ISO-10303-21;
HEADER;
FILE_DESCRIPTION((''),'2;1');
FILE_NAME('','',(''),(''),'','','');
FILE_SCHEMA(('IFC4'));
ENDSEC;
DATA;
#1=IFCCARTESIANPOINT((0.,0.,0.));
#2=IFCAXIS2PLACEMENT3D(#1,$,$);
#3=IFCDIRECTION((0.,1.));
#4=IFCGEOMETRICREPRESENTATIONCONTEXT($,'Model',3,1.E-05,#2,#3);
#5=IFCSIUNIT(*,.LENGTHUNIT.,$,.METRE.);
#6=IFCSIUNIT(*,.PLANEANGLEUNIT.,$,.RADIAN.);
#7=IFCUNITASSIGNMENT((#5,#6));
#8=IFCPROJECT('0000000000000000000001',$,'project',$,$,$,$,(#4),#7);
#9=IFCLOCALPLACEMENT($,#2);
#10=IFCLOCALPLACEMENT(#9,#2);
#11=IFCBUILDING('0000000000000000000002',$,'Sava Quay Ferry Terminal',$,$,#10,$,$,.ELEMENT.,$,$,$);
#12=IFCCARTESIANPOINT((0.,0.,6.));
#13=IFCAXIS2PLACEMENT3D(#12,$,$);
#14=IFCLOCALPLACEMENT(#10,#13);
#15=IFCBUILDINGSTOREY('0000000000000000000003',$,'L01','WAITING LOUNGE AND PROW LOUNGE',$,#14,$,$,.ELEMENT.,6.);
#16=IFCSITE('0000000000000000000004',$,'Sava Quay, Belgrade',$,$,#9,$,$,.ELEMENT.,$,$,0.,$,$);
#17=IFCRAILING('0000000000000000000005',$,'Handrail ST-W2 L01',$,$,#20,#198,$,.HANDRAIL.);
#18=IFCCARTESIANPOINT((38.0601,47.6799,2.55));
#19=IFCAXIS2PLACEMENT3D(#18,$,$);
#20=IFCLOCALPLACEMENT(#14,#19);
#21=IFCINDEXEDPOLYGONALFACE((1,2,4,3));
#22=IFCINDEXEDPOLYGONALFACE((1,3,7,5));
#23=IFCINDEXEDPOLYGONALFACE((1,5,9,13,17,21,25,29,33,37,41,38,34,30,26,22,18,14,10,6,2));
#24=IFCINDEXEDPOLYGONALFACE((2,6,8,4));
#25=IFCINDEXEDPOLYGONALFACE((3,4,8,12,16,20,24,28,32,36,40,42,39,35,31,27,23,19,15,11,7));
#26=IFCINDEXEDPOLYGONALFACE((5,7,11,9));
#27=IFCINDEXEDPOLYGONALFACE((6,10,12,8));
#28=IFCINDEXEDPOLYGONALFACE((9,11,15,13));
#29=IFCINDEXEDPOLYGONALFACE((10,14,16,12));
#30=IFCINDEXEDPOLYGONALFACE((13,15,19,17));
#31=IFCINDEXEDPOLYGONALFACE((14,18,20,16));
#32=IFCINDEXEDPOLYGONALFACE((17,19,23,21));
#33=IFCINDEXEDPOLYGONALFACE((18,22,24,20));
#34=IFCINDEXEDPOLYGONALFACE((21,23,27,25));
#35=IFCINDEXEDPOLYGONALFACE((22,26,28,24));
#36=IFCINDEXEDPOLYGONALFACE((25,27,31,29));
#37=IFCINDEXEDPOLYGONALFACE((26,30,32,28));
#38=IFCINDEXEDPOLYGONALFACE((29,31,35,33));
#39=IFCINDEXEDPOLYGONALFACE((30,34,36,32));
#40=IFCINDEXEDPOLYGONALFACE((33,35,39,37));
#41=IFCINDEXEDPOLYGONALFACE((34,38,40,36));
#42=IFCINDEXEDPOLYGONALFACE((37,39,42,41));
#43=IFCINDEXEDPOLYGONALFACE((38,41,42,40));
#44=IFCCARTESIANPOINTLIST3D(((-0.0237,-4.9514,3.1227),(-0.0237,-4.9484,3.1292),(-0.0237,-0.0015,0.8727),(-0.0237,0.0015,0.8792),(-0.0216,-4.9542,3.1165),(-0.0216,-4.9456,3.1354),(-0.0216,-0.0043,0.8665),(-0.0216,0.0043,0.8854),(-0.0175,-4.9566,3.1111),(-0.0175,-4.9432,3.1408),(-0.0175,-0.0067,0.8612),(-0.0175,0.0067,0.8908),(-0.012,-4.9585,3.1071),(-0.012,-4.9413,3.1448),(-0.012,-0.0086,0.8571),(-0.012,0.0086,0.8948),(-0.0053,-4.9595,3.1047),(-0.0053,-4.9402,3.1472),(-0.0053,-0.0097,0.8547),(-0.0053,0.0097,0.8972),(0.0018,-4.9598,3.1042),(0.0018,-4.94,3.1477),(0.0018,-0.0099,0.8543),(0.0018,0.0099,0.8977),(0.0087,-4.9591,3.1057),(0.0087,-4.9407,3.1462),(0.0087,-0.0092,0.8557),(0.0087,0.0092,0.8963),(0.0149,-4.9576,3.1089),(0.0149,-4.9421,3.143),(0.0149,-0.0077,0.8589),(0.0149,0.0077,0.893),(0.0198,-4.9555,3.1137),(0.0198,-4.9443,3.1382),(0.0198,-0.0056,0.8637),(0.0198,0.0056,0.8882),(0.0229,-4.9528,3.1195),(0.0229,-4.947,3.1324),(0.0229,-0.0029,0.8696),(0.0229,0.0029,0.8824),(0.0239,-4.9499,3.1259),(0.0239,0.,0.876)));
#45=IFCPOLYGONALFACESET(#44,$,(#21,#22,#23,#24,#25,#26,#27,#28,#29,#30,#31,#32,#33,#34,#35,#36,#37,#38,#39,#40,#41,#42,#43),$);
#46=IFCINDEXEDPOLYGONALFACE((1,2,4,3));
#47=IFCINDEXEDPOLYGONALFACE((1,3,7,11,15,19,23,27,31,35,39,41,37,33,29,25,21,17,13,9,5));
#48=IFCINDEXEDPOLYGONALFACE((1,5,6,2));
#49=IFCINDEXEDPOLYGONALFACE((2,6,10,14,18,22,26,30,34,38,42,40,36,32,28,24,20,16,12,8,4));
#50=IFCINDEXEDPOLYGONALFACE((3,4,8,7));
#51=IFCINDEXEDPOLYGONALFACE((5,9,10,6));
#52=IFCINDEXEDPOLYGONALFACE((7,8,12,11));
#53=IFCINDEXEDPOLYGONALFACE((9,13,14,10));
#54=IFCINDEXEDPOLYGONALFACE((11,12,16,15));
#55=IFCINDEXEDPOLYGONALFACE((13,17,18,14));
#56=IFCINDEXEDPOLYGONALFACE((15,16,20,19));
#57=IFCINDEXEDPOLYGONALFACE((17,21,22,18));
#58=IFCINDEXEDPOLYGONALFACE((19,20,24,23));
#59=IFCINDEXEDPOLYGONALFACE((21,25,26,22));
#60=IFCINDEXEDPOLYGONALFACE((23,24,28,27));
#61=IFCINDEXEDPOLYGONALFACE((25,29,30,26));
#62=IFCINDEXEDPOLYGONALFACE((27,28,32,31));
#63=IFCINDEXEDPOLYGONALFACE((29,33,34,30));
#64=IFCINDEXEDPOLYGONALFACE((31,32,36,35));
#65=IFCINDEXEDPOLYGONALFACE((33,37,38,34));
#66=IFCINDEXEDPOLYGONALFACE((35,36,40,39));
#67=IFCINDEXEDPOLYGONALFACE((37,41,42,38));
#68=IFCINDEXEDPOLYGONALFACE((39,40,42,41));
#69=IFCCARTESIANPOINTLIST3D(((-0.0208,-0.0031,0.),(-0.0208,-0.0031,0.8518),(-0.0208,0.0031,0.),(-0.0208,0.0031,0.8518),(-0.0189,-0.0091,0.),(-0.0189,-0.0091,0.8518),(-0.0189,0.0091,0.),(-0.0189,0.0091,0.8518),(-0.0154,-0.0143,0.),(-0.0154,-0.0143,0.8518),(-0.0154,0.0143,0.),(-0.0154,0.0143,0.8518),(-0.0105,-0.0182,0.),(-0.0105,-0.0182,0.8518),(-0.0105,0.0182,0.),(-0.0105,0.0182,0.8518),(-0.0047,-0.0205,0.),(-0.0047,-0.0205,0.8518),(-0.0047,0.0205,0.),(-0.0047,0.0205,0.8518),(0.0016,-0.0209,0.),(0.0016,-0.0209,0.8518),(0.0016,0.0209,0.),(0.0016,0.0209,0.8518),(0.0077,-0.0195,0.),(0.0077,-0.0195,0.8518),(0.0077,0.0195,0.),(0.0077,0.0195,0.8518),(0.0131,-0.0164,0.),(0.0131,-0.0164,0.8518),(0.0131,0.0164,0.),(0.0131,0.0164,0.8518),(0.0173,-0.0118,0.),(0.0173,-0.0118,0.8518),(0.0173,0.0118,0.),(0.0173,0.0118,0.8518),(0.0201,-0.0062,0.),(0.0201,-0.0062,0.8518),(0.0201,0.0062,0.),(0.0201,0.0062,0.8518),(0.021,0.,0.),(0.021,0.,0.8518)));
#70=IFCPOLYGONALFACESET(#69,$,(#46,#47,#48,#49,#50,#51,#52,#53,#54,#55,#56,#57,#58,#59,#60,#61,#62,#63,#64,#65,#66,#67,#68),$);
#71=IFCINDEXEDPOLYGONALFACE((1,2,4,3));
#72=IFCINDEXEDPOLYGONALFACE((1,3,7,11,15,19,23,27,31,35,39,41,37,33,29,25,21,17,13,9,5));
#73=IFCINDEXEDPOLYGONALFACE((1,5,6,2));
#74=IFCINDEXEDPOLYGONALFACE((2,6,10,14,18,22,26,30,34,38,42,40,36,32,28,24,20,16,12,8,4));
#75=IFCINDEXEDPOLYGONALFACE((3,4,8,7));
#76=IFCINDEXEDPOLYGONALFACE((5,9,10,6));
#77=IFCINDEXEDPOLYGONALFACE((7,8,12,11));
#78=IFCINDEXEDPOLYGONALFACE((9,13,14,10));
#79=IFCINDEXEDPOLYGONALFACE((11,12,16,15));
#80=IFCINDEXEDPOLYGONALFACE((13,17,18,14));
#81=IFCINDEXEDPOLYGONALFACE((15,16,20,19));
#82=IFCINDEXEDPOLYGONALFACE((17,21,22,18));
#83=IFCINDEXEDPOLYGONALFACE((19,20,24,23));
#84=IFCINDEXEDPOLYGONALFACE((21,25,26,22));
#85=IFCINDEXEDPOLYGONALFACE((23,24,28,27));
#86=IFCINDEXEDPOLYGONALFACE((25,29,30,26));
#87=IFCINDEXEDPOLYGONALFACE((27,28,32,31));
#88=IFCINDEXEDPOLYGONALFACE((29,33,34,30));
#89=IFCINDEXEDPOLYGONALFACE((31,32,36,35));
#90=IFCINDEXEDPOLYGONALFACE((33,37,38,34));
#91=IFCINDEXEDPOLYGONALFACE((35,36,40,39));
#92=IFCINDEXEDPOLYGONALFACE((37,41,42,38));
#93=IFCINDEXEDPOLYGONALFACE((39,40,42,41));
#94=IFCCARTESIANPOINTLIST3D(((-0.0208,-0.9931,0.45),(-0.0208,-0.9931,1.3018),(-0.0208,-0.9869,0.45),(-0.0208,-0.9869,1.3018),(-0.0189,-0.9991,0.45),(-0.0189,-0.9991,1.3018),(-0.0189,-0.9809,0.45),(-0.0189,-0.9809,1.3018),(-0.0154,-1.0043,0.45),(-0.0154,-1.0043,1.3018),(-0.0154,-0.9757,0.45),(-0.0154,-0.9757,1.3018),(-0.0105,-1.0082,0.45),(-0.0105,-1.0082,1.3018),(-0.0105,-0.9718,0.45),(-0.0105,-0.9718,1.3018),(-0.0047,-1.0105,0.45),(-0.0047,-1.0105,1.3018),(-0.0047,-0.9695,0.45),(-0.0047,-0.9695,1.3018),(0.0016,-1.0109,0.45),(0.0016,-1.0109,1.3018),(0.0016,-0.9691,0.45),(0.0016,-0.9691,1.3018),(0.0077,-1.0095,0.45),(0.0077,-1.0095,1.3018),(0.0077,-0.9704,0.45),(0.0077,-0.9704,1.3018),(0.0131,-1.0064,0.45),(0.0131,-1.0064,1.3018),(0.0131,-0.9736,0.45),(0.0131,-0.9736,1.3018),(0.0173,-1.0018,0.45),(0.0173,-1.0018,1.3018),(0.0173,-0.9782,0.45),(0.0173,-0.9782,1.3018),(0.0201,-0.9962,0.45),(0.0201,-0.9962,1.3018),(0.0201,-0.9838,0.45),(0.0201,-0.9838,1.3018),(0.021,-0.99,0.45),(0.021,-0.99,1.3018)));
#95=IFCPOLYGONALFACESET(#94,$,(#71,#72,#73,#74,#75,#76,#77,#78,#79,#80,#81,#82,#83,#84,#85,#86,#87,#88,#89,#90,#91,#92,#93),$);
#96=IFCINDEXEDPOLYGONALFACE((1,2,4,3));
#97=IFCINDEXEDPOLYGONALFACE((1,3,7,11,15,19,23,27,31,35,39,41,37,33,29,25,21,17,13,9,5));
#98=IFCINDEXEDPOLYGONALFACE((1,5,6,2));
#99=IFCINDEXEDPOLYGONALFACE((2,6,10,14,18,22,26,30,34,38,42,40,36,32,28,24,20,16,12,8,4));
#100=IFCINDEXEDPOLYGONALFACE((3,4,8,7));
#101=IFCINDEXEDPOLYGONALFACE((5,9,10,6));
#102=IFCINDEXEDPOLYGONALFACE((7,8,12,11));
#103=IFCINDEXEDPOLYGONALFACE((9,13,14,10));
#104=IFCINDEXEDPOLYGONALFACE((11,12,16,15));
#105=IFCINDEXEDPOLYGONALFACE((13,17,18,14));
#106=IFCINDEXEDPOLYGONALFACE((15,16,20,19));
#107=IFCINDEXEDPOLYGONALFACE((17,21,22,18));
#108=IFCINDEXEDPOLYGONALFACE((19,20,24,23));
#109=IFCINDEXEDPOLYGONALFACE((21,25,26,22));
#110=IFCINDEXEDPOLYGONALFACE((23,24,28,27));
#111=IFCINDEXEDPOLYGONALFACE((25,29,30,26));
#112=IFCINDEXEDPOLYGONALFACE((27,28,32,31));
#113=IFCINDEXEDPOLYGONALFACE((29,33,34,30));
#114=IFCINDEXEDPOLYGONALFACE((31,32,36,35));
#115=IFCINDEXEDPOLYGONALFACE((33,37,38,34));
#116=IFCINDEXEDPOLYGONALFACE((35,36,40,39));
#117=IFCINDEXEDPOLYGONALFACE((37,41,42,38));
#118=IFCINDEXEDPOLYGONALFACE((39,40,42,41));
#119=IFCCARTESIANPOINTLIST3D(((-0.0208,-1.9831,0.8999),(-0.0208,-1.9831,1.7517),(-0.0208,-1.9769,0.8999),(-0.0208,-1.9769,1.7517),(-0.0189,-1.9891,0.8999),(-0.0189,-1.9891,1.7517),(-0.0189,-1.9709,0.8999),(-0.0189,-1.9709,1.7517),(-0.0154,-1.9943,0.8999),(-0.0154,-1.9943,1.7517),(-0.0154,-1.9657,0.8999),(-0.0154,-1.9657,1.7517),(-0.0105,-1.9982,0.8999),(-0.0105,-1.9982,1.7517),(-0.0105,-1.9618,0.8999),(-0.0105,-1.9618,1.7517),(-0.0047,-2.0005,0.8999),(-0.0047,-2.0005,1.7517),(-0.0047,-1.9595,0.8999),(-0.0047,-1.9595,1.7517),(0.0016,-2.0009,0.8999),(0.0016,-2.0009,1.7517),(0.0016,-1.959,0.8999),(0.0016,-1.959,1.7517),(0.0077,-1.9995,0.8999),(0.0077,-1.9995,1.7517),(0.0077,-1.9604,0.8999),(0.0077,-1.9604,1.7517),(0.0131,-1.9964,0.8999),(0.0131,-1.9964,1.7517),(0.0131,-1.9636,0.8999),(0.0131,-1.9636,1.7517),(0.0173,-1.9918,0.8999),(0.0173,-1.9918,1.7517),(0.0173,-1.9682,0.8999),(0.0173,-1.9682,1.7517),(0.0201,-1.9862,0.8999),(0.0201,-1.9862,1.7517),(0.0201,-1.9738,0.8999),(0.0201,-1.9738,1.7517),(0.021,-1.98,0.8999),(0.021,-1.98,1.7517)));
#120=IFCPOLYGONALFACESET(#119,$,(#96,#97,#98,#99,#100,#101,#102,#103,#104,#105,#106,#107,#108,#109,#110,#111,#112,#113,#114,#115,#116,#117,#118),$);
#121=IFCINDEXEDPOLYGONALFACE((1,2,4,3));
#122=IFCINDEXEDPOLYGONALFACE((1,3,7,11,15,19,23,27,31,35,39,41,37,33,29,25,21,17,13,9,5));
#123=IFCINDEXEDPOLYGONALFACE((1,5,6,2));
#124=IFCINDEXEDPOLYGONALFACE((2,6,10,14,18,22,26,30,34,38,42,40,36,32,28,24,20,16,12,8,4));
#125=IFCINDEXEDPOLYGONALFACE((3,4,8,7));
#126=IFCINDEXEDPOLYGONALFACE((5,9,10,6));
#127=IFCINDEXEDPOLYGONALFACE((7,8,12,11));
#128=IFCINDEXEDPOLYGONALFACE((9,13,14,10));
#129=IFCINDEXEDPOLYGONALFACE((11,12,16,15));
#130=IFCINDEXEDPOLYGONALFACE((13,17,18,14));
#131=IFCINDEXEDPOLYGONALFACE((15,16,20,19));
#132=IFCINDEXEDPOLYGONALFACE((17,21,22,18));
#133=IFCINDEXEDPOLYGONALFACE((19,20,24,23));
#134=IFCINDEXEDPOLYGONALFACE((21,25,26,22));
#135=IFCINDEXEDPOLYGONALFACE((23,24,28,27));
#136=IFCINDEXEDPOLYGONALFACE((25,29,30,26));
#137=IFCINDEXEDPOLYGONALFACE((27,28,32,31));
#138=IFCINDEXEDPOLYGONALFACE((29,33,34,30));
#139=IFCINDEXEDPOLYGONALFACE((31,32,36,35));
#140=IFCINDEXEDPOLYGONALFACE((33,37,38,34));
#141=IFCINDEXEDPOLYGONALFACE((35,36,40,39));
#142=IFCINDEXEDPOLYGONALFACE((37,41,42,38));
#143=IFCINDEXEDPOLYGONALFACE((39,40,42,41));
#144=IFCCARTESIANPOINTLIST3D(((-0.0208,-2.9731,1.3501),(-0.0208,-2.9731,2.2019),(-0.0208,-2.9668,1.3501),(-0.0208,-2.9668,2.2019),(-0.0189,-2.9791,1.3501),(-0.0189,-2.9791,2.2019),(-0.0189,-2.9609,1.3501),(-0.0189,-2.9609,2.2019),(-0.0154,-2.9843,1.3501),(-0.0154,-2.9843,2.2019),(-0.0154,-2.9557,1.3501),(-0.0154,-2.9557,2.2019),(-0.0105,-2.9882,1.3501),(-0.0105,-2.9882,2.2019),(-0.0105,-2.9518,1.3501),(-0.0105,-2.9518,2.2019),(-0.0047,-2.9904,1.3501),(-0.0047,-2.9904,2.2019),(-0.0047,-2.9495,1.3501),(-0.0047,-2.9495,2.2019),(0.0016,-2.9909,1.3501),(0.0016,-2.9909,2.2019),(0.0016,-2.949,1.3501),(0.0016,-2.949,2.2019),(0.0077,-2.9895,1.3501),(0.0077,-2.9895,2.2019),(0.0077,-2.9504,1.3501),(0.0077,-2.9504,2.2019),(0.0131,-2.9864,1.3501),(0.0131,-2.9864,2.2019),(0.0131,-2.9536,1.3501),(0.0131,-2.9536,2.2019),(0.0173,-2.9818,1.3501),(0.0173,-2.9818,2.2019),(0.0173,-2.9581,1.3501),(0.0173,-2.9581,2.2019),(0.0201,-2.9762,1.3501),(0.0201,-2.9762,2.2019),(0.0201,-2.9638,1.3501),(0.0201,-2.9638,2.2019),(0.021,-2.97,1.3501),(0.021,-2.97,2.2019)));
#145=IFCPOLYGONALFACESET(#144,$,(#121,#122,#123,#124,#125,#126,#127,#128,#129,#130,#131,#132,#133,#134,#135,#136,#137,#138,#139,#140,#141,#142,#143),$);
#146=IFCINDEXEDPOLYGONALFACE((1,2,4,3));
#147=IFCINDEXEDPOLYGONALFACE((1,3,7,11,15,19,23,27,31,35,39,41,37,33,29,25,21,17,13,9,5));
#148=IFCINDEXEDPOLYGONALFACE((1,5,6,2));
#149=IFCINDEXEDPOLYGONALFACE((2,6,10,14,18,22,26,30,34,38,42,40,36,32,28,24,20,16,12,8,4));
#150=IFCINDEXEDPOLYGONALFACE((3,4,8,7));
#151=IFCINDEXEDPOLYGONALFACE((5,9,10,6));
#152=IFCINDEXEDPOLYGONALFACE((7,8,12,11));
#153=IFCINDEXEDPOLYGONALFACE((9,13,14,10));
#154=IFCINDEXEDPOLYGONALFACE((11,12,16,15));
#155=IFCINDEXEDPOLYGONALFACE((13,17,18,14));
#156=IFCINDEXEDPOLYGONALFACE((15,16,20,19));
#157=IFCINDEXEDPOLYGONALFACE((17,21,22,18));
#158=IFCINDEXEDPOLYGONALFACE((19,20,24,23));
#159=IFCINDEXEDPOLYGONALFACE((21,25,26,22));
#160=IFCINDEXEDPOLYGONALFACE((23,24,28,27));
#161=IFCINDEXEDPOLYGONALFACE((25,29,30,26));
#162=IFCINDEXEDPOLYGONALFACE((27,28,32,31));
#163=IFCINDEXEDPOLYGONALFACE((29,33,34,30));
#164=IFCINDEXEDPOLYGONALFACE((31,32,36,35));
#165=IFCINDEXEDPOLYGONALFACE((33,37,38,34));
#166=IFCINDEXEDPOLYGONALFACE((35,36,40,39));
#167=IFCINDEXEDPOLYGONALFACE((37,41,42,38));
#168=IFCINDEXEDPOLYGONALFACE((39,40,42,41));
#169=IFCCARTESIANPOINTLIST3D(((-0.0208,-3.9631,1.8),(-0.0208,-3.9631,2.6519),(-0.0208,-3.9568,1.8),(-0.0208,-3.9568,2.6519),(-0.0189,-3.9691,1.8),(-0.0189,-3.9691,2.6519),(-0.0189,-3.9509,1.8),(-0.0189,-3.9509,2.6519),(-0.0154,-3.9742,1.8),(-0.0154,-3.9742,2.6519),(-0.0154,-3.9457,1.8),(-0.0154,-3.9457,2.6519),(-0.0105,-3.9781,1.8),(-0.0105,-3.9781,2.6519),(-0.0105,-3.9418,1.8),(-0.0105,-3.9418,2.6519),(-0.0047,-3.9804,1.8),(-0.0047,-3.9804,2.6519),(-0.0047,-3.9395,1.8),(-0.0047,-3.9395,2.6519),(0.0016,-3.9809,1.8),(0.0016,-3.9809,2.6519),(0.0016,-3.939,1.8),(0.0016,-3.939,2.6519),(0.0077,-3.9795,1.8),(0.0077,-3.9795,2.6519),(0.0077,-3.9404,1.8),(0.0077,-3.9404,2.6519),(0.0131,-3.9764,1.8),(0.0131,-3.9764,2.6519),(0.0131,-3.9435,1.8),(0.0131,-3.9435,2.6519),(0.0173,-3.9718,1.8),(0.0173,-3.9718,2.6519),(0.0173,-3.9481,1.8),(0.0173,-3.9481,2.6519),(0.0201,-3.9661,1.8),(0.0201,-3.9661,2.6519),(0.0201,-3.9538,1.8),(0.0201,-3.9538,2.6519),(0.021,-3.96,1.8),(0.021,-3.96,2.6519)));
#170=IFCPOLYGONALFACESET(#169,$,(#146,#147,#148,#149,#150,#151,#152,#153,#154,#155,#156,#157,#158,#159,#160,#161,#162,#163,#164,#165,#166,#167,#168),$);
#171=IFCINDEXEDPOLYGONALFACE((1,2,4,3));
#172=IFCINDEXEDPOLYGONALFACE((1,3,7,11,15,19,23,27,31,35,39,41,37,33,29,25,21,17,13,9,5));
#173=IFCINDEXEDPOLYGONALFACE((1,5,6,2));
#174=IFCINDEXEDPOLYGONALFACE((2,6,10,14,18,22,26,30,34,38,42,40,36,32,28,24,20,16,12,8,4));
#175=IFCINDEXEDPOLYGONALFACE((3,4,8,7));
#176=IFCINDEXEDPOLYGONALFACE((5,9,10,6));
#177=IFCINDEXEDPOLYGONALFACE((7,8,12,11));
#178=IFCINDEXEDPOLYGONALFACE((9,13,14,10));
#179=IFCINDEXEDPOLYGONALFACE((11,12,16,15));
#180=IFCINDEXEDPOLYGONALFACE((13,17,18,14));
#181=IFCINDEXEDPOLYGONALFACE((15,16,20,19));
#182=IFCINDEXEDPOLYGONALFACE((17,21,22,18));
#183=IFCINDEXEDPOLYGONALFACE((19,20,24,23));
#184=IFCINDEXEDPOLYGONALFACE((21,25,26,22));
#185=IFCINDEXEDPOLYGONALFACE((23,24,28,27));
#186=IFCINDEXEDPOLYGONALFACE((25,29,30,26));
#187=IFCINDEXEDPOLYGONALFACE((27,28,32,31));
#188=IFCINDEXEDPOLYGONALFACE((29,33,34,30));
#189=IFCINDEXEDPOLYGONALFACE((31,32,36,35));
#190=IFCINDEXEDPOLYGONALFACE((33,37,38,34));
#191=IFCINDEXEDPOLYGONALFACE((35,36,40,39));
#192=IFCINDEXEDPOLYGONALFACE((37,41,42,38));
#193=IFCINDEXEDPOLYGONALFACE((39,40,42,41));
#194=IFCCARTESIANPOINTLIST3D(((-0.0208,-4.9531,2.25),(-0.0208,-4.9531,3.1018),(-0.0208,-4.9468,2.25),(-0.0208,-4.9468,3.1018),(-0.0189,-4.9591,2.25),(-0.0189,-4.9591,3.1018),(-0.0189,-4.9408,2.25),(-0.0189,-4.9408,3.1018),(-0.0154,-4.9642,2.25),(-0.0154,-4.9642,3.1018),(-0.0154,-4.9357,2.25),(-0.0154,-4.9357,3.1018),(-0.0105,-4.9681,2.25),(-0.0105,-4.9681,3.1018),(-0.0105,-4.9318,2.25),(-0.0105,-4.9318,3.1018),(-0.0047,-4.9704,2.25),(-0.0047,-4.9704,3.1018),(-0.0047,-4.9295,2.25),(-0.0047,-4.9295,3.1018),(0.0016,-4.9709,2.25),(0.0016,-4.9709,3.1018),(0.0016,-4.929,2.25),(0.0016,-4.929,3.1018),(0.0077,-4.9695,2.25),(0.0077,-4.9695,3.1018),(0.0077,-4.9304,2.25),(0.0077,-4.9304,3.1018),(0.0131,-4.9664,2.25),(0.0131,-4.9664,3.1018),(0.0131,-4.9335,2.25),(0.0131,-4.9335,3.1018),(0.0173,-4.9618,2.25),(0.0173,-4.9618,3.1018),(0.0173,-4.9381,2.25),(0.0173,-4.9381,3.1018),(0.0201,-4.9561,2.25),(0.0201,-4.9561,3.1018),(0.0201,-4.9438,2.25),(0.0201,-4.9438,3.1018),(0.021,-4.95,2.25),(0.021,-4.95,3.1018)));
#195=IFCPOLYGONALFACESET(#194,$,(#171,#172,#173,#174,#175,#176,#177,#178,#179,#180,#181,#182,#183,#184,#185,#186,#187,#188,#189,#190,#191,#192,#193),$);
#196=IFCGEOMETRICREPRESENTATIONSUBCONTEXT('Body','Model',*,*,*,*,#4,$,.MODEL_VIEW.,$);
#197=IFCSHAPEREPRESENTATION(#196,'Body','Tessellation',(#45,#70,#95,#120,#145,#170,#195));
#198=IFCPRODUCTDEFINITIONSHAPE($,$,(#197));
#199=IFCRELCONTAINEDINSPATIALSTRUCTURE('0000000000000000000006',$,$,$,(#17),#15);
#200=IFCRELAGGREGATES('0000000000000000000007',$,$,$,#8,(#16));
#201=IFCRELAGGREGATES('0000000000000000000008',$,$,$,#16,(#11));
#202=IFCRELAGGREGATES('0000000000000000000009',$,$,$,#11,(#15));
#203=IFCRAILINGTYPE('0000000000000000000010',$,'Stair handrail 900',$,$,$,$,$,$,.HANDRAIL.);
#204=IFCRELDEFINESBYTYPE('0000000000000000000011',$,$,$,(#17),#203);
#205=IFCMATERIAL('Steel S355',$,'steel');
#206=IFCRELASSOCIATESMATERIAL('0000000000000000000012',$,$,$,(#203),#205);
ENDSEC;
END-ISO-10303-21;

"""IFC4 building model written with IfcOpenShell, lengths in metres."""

from ifc_helpers import new_model, si_unit, direction, frame, origin, origin_2d, place, context, subcontext, project, spatial, circle, extrude, material, type_object, element, save


model = new_model("IFC4")

# Units and contexts
model_context = context("Model", 3, precision=1e-05, world=origin(), true_north=direction((0.0, 1.0)))
body_context = subcontext(model_context, "Body", "Model", "MODEL_VIEW")
ifc_project = project(units=[si_unit("LENGTHUNIT", "METRE"), si_unit("PLANEANGLEUNIT", "RADIAN")], contexts=[model_context])

# Site, building, storey
site_placement = place(None, origin())
site = spatial("IfcSite", under=ifc_project, at=site_placement, Name="Sava Quay, Belgrade", CompositionType="ELEMENT", RefElevation=0.0)
building_placement = place(site_placement, origin())
building = spatial("IfcBuilding", under=site, at=building_placement, Name="Sava Quay Ferry Terminal", CompositionType="ELEMENT")
storey_placement = place(building_placement, frame((0.0, 0.0, 6.0)))
storey = spatial("IfcBuildingStorey", under=building, at=storey_placement, Name="L01", Description="WAITING LOUNGE AND PROW LOUNGE", CompositionType="ELEMENT", Elevation=6.0)

# Railing
ifc_material_1 = material(Name="Steel S355", Category="steel")
railing_type = type_object("IfcRailingType", Name="Stair handrail 900", PredefinedType="HANDRAIL", material=ifc_material_1)
railing_placement = place(storey_placement, frame((38.0601, 47.6799, 2.55)))
element("IfcRailing", 1, at=railing_placement, inside=storey, type_object=railing_type, Name="Handrail ST-W2 L01", PredefinedType="HANDRAIL", context=body_context, shape_type="SweptSolid", body=[
    extrude(circle(Radius=0.0239, at=origin_2d()), frame((0.0, 0.0, 0.876), z_axis=(0.0, -0.910365, 0.413806), x_axis=(1.0, 0.0, 0.0)), (0.0, 0.0, 1.0), 5.4373),
    extrude(circle(Radius=0.021, at=origin_2d()), origin(), (0.0, 0.0, 1.0), 0.8518),
    extrude(circle(Radius=0.021, at=origin_2d()), frame((0.0, -0.99, 0.45)), (0.0, 0.0, 1.0), 0.8518),
    extrude(circle(Radius=0.021, at=origin_2d()), frame((0.0, -1.98, 0.8999)), (0.0, 0.0, 1.0), 0.8518),
    extrude(circle(Radius=0.021, at=origin_2d()), frame((0.0, -2.97, 1.3501)), (0.0, 0.0, 1.0), 0.8518),
    extrude(circle(Radius=0.021, at=origin_2d()), frame((0.0, -3.96, 1.8)), (0.0, 0.0, 1.0), 0.8518),
    extrude(circle(Radius=0.021, at=origin_2d()), frame((0.0, -4.95, 2.25)), (0.0, 0.0, 1.0), 0.8518),
])

save(model, "model.ifc")
